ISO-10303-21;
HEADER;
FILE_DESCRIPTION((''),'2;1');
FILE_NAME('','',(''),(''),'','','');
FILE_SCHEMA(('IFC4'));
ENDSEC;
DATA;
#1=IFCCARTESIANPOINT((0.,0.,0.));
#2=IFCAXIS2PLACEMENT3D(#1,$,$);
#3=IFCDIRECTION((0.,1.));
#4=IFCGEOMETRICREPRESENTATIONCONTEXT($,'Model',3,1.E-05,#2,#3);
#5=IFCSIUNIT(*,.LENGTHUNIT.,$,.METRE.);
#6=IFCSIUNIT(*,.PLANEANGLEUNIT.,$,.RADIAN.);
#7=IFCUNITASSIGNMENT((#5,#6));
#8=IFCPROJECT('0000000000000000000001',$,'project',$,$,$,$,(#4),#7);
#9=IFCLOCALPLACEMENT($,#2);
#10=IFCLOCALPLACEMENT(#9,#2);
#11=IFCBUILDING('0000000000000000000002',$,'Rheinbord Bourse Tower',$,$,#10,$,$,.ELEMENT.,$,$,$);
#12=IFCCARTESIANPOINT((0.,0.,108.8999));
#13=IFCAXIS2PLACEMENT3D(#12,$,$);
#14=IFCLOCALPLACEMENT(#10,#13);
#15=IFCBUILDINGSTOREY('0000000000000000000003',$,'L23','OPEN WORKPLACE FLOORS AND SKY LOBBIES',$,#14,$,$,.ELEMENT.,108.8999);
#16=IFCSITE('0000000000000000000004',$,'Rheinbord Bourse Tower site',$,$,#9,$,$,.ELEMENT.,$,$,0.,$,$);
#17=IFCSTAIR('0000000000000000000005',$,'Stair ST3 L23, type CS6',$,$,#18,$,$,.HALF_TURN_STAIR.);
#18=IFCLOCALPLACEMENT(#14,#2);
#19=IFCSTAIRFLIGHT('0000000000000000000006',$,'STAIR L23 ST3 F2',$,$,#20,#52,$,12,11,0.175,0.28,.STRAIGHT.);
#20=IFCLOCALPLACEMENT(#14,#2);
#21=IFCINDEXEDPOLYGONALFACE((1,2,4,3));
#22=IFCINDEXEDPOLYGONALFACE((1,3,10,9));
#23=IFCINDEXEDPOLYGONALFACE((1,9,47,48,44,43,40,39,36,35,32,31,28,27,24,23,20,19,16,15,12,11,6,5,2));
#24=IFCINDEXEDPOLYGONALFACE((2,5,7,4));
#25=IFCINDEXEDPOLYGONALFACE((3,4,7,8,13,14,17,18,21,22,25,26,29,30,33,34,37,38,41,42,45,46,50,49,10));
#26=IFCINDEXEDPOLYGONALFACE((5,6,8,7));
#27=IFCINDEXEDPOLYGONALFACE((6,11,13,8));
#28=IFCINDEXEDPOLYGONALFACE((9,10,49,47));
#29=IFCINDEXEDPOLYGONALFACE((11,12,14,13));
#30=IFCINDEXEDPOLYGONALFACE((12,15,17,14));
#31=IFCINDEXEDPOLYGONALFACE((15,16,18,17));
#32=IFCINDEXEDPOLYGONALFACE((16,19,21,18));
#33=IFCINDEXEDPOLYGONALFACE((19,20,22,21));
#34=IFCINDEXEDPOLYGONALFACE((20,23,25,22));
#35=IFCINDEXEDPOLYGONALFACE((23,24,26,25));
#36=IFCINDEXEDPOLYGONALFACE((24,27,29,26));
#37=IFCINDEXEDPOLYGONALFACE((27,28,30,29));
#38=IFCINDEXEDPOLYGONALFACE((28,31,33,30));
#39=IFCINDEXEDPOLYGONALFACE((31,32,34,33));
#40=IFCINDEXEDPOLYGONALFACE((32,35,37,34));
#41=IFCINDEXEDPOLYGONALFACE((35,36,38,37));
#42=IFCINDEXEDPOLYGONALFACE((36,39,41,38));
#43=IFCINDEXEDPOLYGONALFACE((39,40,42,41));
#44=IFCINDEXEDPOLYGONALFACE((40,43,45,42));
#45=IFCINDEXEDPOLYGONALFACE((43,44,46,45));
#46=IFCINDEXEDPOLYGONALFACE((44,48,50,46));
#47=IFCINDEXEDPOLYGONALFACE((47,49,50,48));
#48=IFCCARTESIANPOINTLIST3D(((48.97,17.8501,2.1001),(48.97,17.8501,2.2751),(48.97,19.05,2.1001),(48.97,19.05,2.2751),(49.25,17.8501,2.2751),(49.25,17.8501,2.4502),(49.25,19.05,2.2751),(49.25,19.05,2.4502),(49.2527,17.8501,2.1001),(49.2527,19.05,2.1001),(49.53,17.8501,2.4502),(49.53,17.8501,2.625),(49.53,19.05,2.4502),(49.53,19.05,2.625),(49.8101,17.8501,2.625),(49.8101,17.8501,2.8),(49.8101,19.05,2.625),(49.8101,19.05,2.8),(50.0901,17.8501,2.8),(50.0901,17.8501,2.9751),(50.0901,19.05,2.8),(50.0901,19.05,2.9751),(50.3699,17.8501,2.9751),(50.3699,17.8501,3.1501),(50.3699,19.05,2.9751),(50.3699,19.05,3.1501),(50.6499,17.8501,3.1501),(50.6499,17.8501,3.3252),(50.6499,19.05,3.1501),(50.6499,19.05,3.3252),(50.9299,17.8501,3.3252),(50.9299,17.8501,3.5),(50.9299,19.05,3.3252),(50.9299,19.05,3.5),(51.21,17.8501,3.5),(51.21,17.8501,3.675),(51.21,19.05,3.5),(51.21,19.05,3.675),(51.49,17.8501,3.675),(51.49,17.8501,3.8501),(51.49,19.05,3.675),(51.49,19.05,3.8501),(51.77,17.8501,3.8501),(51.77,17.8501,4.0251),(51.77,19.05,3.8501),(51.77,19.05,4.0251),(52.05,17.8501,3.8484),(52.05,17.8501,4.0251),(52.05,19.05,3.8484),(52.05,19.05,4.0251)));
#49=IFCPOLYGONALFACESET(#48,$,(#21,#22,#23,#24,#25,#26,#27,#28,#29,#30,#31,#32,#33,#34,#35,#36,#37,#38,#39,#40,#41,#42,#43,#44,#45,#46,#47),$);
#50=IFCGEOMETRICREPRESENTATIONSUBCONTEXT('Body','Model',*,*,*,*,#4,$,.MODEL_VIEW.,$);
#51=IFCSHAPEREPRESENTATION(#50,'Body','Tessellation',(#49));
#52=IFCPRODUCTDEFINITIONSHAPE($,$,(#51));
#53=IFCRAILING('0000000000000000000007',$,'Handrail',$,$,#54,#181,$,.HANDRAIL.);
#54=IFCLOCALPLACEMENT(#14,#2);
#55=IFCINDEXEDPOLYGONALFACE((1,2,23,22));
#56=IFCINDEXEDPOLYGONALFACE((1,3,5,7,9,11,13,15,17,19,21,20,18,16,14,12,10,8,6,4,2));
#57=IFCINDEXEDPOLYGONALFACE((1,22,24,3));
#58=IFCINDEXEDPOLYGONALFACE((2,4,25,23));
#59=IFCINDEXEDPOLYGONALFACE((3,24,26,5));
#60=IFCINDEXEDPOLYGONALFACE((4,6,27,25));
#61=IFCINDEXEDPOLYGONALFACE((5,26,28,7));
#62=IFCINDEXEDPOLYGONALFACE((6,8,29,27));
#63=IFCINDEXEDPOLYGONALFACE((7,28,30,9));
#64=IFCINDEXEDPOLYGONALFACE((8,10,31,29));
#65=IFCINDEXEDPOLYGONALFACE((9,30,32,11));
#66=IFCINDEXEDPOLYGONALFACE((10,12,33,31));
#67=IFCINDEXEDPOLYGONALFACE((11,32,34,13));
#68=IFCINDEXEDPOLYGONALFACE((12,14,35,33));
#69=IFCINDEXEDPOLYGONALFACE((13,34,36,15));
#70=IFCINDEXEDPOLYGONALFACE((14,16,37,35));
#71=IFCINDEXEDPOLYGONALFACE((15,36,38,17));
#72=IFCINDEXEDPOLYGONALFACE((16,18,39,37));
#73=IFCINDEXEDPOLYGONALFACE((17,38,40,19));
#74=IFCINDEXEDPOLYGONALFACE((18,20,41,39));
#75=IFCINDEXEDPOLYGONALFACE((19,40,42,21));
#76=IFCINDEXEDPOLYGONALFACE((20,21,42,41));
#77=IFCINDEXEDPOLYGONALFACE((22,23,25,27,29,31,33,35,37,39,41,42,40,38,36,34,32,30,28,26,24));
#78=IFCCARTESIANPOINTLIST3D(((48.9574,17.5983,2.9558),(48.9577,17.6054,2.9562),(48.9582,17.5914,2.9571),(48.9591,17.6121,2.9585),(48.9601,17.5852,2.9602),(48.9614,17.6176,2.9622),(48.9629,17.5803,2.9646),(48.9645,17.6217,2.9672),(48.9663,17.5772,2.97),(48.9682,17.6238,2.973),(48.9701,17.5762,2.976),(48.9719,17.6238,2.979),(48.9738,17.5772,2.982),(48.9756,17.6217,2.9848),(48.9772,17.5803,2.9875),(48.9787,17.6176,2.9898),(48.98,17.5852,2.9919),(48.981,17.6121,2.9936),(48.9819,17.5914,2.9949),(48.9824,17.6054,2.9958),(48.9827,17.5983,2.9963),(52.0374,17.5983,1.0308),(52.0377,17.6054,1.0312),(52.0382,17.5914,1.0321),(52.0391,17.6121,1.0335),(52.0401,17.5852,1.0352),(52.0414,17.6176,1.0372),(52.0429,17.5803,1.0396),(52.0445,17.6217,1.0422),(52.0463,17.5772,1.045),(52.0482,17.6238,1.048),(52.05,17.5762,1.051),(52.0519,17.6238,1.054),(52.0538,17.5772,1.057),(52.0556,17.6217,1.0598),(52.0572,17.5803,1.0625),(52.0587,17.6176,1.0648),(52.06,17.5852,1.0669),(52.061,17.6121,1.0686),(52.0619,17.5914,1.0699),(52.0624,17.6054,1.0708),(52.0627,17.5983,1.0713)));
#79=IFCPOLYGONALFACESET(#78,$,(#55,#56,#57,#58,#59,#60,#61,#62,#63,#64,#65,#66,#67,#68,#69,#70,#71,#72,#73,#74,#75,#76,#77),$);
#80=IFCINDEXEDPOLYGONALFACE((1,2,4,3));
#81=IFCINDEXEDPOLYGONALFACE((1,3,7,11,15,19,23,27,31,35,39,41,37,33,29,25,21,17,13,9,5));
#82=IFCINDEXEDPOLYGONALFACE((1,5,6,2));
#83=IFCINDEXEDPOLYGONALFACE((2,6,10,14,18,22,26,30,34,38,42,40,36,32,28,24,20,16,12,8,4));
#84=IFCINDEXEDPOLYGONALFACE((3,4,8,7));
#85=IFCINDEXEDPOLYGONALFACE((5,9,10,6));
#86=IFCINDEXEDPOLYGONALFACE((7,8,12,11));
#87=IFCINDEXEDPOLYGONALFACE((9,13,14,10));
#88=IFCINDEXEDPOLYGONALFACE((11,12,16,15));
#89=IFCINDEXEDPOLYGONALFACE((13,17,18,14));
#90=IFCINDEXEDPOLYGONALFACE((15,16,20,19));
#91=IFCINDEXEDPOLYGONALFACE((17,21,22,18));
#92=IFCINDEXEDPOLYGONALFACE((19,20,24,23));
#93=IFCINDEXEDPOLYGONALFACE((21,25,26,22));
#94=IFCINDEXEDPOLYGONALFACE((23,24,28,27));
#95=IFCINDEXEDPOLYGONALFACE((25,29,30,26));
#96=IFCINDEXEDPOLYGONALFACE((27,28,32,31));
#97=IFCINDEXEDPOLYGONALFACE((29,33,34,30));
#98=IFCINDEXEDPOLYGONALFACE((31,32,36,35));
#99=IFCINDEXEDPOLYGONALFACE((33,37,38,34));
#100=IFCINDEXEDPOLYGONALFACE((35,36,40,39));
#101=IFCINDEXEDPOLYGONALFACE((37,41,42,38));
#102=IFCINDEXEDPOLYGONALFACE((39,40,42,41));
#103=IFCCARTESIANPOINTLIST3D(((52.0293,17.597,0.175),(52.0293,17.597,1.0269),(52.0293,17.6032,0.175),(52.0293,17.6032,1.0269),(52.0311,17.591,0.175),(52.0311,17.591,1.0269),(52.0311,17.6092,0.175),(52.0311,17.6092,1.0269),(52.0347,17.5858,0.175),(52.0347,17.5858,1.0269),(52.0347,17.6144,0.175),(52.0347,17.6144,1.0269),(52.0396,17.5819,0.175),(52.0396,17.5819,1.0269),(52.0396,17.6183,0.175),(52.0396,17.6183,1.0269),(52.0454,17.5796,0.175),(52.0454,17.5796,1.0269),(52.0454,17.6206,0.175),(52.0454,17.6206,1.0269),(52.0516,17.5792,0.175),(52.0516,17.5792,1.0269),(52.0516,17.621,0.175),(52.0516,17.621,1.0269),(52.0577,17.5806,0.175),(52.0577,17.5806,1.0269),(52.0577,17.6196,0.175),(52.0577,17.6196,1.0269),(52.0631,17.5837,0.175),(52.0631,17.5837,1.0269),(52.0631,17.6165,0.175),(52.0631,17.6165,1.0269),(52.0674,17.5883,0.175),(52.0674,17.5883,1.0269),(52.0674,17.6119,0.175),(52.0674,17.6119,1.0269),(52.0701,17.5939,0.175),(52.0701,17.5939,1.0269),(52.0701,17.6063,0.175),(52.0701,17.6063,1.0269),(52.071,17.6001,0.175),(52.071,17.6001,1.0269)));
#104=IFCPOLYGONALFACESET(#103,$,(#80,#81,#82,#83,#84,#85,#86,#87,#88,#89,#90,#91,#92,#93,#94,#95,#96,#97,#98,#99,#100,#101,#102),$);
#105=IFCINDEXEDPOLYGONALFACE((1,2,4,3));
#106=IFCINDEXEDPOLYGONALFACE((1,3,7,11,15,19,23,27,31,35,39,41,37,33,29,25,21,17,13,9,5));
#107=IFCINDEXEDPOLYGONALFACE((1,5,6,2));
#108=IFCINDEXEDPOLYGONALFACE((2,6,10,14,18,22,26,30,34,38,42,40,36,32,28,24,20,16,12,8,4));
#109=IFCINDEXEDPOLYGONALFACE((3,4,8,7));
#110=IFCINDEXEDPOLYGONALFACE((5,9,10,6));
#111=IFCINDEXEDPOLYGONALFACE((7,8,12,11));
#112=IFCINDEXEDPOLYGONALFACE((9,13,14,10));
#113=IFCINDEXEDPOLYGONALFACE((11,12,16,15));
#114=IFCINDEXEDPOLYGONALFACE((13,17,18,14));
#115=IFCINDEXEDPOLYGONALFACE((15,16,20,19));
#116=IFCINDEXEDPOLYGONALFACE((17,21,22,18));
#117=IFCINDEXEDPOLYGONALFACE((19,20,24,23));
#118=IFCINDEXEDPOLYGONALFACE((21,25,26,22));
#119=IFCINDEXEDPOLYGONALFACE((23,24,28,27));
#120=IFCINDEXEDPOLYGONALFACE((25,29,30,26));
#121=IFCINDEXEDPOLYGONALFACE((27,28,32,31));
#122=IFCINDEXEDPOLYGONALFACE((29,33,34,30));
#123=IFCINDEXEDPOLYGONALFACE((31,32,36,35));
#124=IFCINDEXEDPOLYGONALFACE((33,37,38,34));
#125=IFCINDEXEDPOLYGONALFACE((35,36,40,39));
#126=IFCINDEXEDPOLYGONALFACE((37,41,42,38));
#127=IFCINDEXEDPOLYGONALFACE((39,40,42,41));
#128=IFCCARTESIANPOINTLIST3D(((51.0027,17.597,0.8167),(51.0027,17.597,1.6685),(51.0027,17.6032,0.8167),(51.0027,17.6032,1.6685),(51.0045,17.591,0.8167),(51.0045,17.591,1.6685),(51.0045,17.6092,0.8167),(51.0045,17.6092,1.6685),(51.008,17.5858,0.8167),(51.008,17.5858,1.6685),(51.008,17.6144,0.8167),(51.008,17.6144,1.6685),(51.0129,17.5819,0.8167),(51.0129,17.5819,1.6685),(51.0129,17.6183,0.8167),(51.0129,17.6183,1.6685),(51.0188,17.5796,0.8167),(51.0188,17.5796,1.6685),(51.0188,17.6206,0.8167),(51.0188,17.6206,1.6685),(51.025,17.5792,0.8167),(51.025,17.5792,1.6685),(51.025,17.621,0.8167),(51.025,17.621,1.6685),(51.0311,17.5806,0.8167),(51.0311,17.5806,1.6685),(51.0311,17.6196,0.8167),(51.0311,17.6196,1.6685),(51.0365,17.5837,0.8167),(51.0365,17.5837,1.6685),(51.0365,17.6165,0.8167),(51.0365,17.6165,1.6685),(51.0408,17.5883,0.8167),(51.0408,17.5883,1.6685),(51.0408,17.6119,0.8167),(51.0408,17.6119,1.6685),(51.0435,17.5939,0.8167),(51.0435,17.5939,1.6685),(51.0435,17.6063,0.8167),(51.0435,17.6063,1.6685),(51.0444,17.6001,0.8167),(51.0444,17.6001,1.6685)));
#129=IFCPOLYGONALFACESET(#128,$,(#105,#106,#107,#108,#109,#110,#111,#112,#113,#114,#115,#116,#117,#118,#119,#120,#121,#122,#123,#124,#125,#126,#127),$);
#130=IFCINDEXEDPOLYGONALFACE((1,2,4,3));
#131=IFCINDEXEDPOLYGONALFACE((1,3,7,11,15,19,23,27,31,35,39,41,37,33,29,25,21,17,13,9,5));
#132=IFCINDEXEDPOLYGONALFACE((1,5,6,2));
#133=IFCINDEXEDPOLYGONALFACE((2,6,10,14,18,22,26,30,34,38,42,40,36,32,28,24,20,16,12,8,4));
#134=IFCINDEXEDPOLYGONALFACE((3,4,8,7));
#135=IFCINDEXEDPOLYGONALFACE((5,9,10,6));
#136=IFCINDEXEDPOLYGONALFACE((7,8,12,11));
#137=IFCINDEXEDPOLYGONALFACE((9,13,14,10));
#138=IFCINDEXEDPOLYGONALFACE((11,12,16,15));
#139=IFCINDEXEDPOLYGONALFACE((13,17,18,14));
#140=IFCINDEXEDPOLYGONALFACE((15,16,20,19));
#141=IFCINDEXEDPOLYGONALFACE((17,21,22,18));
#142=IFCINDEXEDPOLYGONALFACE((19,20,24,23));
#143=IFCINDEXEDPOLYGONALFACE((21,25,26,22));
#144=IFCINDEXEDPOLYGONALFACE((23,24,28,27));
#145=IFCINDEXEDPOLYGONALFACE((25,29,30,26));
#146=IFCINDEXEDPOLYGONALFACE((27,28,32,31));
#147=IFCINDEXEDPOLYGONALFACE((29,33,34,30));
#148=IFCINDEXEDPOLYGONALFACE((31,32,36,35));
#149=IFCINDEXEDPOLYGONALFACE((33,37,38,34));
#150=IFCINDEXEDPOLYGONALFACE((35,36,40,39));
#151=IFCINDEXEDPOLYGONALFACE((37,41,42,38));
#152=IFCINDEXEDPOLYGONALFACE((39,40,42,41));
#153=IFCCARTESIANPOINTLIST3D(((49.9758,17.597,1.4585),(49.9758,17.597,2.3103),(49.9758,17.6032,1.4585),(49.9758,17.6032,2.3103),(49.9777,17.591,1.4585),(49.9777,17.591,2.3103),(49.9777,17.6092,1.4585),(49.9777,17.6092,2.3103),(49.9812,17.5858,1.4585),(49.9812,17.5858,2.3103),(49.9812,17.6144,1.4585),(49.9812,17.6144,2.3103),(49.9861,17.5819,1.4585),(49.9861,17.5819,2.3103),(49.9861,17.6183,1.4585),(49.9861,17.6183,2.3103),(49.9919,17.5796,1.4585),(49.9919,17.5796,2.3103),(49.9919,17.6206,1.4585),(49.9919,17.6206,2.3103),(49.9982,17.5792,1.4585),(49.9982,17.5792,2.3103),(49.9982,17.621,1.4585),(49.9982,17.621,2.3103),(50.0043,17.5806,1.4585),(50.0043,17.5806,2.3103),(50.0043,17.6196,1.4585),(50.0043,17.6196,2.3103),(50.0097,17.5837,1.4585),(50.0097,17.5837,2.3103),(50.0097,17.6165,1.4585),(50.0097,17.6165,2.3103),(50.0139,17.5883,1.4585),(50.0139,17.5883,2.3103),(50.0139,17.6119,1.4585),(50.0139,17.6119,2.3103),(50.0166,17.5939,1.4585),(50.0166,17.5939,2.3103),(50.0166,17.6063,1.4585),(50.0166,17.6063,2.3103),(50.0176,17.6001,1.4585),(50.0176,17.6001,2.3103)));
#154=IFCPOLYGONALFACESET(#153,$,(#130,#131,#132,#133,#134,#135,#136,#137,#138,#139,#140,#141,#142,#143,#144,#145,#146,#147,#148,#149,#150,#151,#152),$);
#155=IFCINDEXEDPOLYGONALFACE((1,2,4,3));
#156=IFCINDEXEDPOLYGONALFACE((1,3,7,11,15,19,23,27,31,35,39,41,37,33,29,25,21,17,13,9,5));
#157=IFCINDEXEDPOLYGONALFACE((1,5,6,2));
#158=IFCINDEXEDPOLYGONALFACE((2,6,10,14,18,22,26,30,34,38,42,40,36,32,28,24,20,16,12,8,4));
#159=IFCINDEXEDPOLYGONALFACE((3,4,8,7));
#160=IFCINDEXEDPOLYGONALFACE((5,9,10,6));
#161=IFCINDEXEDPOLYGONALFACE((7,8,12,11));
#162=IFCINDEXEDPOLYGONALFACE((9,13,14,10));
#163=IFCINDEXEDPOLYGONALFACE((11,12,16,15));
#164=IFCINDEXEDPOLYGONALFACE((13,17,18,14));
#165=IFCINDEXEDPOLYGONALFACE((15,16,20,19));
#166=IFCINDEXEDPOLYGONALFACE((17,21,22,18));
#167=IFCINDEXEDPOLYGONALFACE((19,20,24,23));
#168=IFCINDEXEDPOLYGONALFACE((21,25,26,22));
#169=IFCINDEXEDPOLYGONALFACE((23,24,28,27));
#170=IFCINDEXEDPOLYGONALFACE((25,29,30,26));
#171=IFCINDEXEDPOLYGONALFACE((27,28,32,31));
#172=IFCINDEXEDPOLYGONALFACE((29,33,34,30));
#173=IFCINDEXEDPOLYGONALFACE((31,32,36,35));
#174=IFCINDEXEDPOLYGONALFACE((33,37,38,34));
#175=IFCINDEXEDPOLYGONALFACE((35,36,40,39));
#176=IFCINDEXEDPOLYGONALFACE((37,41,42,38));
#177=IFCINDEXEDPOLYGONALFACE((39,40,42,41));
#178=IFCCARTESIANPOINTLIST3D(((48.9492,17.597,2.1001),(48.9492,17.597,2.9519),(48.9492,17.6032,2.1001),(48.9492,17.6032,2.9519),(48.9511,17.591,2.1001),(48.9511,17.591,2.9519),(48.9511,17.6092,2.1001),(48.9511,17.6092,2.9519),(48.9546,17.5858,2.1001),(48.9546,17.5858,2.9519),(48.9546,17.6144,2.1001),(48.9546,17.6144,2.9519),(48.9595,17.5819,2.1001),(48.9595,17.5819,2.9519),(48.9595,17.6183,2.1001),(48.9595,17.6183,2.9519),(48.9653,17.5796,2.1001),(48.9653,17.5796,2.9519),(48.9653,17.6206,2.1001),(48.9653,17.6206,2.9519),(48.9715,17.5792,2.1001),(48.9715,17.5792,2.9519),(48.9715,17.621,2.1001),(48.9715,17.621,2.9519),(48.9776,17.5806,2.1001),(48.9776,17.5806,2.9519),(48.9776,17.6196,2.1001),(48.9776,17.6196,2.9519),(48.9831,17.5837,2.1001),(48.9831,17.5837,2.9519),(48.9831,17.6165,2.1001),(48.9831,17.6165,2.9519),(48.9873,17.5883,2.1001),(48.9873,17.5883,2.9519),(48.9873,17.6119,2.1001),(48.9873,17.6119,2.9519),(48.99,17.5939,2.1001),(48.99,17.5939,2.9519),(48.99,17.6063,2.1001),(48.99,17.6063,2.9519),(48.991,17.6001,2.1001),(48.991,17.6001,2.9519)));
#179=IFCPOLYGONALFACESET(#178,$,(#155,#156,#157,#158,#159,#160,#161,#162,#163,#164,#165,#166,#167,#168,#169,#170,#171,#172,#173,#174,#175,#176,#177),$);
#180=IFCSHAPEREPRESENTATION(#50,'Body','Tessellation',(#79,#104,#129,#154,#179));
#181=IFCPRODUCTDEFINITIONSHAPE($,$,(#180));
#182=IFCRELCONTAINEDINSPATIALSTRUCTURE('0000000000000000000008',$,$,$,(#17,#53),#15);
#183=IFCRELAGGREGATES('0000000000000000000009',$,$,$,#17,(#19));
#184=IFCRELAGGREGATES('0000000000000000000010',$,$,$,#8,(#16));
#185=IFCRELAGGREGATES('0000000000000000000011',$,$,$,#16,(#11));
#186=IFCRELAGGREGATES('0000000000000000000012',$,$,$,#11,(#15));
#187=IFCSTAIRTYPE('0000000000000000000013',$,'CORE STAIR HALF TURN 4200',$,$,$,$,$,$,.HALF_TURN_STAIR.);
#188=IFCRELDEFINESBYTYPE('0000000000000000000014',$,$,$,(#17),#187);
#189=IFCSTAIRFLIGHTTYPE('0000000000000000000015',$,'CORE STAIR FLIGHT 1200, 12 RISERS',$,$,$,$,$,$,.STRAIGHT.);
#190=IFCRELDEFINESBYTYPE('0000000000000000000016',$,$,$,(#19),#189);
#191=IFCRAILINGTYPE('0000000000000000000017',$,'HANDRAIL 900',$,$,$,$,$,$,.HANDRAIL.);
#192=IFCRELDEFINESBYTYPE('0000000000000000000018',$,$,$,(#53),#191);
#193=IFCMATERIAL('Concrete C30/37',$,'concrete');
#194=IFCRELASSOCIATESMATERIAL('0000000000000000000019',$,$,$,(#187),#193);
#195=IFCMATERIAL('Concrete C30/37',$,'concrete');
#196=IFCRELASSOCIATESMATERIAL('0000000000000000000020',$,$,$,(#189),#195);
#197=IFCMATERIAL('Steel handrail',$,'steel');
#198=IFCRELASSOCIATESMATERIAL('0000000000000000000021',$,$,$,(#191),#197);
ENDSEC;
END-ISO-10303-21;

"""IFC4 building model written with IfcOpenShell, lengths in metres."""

from ifc_helpers import new_model, si_unit, direction, frame, origin, origin_2d, place, context, subcontext, project, spatial, polyline, circle, outline, extrude, material, type_object, element, aggregate, save


model = new_model("IFC4")

# Units and contexts
model_context = context("Model", 3, precision=1e-05, world=origin(), true_north=direction((0.0, 1.0)))
body_context = subcontext(model_context, "Body", "Model", "MODEL_VIEW")
ifc_project = project(units=[si_unit("LENGTHUNIT", "METRE"), si_unit("PLANEANGLEUNIT", "RADIAN")], contexts=[model_context])

# Site, building, storey
site_placement = place(None, origin())
site = spatial("IfcSite", under=ifc_project, at=site_placement, Name="Rheinbord Bourse Tower site", CompositionType="ELEMENT", RefElevation=0.0)
building_placement = place(site_placement, origin())
building = spatial("IfcBuilding", under=site, at=building_placement, Name="Rheinbord Bourse Tower", CompositionType="ELEMENT")
storey_placement = place(building_placement, frame((0.0, 0.0, 108.8999)))
storey = spatial("IfcBuildingStorey", under=building, at=storey_placement, Name="L23", Description="OPEN WORKPLACE FLOORS AND SKY LOBBIES", CompositionType="ELEMENT", Elevation=108.8999)

# Stair, stair flight
ifc_material_1 = material(Name="Concrete C30/37", Category="concrete")
stair_type = type_object("IfcStairType", Name="CORE STAIR HALF TURN 4200", PredefinedType="HALF_TURN_STAIR", material=ifc_material_1)
stair_placement = place(storey_placement, origin())
stair = element("IfcStair", 1, at=stair_placement, inside=storey, type_object=stair_type, Name="Stair ST3 L23, type CS6", PredefinedType="HALF_TURN_STAIR")
ifc_material_2 = material(Name="Concrete C30/37", Category="concrete")
stair_flight_type = type_object("IfcStairFlightType", Name="CORE STAIR FLIGHT 1200, 12 RISERS", PredefinedType="STRAIGHT", material=ifc_material_2)
stair_flight_1_placement = place(storey_placement, frame((48.97, 18.45, 2.1001), z_axis=(0.0, 0.0, 1.0), x_axis=(1.0, 0.0, 0.0)))
stair_flight_1 = element("IfcStairFlight", 2, at=stair_flight_1_placement, type_object=stair_flight_type, Name="STAIR L23 ST3 F2", NumberOfRisers=12, NumberOfTreads=11, PredefinedType="STRAIGHT", RiserHeight=0.175, TreadLength=0.28, context=body_context, shape_type="SweptSolid", body=[
    extrude(outline(polyline([(0.0, 0.0), (0.0, 0.175), (0.28, 0.175), (0.28, 0.3501), (0.5601, 0.3501), (0.5601, 0.5249), (0.8401, 0.5249), (0.8401, 0.7), (1.1201, 0.7), (1.1201, 0.875), (1.3999, 0.875), (1.3999, 1.05), (1.6799, 1.05), (1.6799, 1.2251), (1.96, 1.2251), (1.96, 1.3999), (2.24, 1.3999), (2.24, 1.575), (2.52, 1.575), (2.52, 1.75), (2.8, 1.75), (2.8, 1.925), (3.0801, 1.925), (3.0801, 2.1001), (3.0801, 1.7483), (0.2827, 0.0), (0.0, 0.0)])), frame((0.0, 0.6001, 0.0), z_axis=(0.0, -1.0, 0.0), x_axis=(1.0, 0.0, 0.0)), (0.0, 0.0, 1.0), 1.2),
])
aggregate(stair, [stair_flight_1])

# Railing
ifc_material_3 = material(Name="Steel handrail", Category="steel")
railing_type = type_object("IfcRailingType", Name="HANDRAIL 900", PredefinedType="HANDRAIL", material=ifc_material_3)
railing_1_placement = place(storey_placement, frame((52.05, 17.6001, 0.175)))
element("IfcRailing", 3, at=railing_1_placement, inside=storey, type_object=railing_type, Name="Handrail", PredefinedType="HANDRAIL", context=body_context, shape_type="SweptSolid", body=[
    extrude(circle(Radius=0.0239, at=origin_2d()), frame((0.0, 0.0, 0.876), z_axis=(-0.847998, 0.0, 0.529999), x_axis=(0.0, -1.0, 0.0)), (0.0, 0.0, 1.0), 3.6321),
    extrude(circle(Radius=0.021, at=origin_2d()), origin(), (0.0, 0.0, 1.0), 0.8518),
    extrude(circle(Radius=0.021, at=origin_2d()), frame((-1.0266, 0.0, 0.6416)), (0.0, 0.0, 1.0), 0.8518),
    extrude(circle(Radius=0.021, at=origin_2d()), frame((-2.0535, 0.0, 1.2834)), (0.0, 0.0, 1.0), 0.8518),
    extrude(circle(Radius=0.021, at=origin_2d()), frame((-3.0801, 0.0, 1.925)), (0.0, 0.0, 1.0), 0.8518),
])

save(model, "model.ifc")
